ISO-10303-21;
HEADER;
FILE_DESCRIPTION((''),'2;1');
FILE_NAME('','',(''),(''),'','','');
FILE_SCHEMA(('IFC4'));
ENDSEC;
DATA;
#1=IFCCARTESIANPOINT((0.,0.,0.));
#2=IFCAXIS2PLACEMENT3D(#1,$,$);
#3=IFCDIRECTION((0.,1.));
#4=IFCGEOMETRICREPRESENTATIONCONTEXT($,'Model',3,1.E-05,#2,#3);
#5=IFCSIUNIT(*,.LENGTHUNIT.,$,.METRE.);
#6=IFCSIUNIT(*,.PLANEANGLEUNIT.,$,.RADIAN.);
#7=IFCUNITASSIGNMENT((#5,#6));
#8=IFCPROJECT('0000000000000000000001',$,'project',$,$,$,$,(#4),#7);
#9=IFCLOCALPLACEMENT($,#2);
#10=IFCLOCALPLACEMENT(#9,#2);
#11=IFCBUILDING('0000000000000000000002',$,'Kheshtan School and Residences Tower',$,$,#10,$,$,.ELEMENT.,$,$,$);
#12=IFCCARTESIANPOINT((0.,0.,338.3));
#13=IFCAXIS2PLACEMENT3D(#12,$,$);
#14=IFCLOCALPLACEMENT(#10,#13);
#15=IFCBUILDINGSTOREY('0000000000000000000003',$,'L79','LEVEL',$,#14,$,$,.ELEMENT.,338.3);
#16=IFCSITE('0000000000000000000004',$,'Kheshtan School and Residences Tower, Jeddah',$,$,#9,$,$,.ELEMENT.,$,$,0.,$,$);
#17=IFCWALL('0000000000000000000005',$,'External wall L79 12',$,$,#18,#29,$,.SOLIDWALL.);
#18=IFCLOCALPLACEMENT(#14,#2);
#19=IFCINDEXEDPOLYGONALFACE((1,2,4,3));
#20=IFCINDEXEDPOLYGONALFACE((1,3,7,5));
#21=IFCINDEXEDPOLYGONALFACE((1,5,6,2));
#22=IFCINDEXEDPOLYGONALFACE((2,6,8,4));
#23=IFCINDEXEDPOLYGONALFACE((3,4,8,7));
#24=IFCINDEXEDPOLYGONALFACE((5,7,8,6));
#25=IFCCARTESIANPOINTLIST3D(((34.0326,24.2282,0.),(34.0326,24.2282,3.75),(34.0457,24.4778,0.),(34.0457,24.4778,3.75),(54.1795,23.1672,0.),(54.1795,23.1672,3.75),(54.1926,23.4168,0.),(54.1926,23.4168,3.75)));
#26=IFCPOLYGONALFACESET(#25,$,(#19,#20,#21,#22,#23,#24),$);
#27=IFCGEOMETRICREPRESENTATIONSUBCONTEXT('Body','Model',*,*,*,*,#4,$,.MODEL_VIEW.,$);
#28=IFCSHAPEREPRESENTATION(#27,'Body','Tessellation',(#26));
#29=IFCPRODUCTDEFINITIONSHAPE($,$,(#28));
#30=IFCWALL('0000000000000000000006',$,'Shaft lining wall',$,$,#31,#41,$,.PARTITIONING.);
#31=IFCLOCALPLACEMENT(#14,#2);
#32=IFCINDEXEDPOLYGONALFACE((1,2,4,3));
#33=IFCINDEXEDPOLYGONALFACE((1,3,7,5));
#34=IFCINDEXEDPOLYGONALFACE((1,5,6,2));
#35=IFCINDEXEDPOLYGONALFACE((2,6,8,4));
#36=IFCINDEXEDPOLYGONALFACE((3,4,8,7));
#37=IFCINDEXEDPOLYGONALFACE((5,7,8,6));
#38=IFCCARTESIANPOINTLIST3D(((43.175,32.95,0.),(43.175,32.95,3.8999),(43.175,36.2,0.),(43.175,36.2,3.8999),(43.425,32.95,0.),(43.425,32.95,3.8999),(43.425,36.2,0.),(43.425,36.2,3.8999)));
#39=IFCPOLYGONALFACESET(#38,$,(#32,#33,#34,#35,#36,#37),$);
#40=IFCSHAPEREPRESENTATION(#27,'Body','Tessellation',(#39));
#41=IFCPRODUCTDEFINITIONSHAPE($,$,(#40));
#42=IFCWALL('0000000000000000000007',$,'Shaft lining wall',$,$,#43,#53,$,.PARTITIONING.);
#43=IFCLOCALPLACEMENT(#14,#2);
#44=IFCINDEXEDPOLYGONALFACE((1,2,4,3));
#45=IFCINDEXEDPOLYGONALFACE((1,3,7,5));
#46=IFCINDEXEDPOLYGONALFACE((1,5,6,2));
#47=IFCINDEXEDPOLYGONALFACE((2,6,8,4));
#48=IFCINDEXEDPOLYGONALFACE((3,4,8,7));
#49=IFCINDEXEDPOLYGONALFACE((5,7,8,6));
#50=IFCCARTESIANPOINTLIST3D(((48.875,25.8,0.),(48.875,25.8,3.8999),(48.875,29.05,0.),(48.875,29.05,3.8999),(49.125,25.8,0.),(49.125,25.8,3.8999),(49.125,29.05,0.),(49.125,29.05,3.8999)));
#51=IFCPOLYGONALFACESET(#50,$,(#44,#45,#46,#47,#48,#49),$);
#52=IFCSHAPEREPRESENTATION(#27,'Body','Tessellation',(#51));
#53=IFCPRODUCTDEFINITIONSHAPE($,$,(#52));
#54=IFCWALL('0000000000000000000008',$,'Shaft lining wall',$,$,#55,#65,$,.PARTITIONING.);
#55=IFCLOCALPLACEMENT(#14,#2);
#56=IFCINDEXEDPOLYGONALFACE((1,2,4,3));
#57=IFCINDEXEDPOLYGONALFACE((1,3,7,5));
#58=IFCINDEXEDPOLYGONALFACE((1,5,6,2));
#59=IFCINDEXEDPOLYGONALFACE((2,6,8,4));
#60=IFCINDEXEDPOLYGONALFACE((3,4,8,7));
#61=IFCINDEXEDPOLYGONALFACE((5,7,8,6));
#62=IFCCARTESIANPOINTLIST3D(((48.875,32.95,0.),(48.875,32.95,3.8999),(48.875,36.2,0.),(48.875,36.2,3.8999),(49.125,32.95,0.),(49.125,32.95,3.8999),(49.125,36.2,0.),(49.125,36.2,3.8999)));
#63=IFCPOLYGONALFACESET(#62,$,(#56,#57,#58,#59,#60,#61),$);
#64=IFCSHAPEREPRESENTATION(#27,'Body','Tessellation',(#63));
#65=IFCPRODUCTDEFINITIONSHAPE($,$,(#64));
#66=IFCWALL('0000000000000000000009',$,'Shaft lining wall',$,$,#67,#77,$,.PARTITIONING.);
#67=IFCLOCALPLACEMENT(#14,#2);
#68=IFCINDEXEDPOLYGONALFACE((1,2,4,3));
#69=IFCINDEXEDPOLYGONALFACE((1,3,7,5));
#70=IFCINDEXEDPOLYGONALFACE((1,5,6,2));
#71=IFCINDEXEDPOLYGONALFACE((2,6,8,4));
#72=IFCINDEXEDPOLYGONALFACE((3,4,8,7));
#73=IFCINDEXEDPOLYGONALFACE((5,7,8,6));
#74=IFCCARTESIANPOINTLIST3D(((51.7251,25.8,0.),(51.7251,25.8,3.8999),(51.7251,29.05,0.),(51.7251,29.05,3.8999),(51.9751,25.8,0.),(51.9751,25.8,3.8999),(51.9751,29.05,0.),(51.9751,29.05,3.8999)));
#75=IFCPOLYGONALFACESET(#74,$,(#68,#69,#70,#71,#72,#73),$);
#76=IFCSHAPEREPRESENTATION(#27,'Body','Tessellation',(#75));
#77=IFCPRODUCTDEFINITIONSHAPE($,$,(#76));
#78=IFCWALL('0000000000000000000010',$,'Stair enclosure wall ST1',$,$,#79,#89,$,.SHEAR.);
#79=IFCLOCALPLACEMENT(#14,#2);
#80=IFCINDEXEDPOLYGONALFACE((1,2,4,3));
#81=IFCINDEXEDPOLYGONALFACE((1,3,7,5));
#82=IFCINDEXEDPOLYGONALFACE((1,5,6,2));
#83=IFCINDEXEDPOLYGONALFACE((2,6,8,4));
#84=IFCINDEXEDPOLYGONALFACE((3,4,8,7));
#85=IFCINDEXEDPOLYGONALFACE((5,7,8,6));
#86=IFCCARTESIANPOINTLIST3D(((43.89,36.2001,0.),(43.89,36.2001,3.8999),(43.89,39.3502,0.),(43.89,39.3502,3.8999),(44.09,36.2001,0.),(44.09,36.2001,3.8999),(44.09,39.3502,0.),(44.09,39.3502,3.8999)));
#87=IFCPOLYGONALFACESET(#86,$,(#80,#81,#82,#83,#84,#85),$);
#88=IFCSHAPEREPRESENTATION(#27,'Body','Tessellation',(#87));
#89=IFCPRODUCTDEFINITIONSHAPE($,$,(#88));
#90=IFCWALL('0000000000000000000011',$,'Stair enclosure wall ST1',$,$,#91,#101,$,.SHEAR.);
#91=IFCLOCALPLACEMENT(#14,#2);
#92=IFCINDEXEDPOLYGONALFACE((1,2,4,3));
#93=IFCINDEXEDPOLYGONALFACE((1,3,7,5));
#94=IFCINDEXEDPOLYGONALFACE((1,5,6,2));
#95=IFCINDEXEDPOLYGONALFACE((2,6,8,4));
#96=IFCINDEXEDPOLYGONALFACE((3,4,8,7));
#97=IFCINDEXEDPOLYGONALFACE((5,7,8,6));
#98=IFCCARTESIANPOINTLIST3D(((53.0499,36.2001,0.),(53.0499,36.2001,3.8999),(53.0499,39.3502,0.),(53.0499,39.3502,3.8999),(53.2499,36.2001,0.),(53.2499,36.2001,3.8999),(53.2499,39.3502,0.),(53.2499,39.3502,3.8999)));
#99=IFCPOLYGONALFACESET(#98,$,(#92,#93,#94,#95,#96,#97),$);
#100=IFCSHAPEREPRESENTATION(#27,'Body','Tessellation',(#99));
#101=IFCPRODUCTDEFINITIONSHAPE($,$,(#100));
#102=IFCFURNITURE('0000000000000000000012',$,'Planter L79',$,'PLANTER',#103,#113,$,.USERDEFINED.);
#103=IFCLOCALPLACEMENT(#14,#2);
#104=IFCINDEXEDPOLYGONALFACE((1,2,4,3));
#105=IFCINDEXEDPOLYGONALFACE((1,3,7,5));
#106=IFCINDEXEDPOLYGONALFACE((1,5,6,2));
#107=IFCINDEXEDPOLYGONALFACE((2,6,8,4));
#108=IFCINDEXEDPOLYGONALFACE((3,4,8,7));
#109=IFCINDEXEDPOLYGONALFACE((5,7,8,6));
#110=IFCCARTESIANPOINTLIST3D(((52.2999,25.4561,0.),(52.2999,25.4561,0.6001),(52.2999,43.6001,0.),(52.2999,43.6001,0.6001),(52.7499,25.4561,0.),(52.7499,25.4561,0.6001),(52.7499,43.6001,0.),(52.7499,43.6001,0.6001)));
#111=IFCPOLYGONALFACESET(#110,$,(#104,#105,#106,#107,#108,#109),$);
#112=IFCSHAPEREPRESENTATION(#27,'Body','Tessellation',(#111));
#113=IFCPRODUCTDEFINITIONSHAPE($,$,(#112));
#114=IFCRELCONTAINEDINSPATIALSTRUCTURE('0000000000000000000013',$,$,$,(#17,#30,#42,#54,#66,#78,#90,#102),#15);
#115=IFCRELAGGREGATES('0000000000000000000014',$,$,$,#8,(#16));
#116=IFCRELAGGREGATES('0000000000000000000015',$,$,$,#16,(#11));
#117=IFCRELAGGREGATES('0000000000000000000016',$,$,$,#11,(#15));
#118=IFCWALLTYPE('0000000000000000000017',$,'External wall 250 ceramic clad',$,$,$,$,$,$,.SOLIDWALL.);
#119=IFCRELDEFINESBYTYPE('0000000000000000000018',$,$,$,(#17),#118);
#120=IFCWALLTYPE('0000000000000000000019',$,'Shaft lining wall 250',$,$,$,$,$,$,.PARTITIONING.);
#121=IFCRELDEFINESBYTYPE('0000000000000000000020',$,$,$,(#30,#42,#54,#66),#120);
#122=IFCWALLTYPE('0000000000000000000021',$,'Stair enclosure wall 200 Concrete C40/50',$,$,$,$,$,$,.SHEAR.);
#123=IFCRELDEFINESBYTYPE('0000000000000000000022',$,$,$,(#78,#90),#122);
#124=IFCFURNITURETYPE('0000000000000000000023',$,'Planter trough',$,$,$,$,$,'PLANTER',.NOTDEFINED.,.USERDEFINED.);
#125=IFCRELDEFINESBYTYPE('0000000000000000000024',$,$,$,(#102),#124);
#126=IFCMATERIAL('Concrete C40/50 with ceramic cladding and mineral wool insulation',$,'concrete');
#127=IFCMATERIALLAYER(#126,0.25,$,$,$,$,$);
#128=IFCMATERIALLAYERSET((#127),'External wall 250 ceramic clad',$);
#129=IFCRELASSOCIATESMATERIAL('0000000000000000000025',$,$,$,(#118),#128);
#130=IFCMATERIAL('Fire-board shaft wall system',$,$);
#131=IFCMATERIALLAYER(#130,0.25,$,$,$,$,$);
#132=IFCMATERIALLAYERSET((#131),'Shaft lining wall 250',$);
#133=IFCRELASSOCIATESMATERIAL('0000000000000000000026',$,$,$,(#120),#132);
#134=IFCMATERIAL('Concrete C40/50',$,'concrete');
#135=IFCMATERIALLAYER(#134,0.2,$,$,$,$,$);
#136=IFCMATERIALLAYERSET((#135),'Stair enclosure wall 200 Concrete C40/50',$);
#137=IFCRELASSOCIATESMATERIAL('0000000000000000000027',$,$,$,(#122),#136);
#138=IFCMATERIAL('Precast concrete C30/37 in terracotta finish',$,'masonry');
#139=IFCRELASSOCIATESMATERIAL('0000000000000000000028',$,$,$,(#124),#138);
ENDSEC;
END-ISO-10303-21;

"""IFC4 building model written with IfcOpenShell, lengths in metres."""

from ifc_helpers import new_model, si_unit, direction, frame, frame_2d, origin, origin_2d, place, context, subcontext, project, spatial, rectangle, extrude, material, layer, layer_set, type_object, element, save


model = new_model("IFC4")

# Units and contexts
model_context = context("Model", 3, precision=1e-05, world=origin(), true_north=direction((0.0, 1.0)))
body_context = subcontext(model_context, "Body", "Model", "MODEL_VIEW")
ifc_project = project(units=[si_unit("LENGTHUNIT", "METRE"), si_unit("PLANEANGLEUNIT", "RADIAN")], contexts=[model_context])

# Site, building, storey
site_placement = place(None, origin())
site = spatial("IfcSite", under=ifc_project, at=site_placement, Name="Kheshtan School and Residences Tower, Jeddah", CompositionType="ELEMENT", RefElevation=0.0)
building_placement = place(site_placement, origin())
building = spatial("IfcBuilding", under=site, at=building_placement, Name="Kheshtan School and Residences Tower", CompositionType="ELEMENT")
storey_placement = place(building_placement, frame((0.0, 0.0, 338.3)))
storey = spatial("IfcBuildingStorey", under=building, at=storey_placement, Name="L79", Description="LEVEL", CompositionType="ELEMENT", Elevation=338.3)

# Walls
ifc_material_1 = material(Name="Concrete C40/50 with ceramic cladding and mineral wool insulation", Category="concrete")
ifc_layer_1 = layer(ifc_material_1, 0.25)
ifc_layer_set_1 = layer_set([ifc_layer_1], Name="External wall 250 ceramic clad")
wall_type_1 = type_object("IfcWallType", Name="External wall 250 ceramic clad", PredefinedType="SOLIDWALL", material=ifc_layer_set_1)
wall_1_placement = place(storey_placement, frame((54.186, 23.292, 0.0), z_axis=(0.0, 0.0, 1.0), x_axis=(-0.998616, 0.052592, 0.0)))
element("IfcWall", 1, at=wall_1_placement, inside=storey, type_object=wall_type_1, Name="External wall L79 12", PredefinedType="SOLIDWALL", context=body_context, shape_type="SweptSolid", body=[
    extrude(rectangle(XDim=20.1748, YDim=0.25, at=frame_2d((10.0874, 0.0))), origin(), (0.0, 0.0, 1.0), 3.75),
])
ifc_material_2 = material(Name="Fire-board shaft wall system")
ifc_layer_2 = layer(ifc_material_2, 0.25)
ifc_layer_set_2 = layer_set([ifc_layer_2], Name="Shaft lining wall 250")
wall_type_2 = type_object("IfcWallType", Name="Shaft lining wall 250", PredefinedType="PARTITIONING", material=ifc_layer_set_2)
for number, where, z_axis, x_axis, name in (
    (2, (43.3, 32.95, 0.0), (0.0, 0.0, 1.0), (0.0, 1.0, 0.0), "Shaft lining wall"),
    (3, (49.0, 25.8, 0.0), (0.0, 0.0, 1.0), (0.0, 1.0, 0.0), "Shaft lining wall"),
    (4, (49.0, 32.95, 0.0), (0.0, 0.0, 1.0), (0.0, 1.0, 0.0), "Shaft lining wall"),
    (5, (51.8501, 25.8, 0.0), (0.0, 0.0, 1.0), (0.0, 1.0, 0.0), "Shaft lining wall"),
):
    element("IfcWall", number, at=place(storey_placement, frame(where, z_axis=z_axis, x_axis=x_axis)), inside=storey, type_object=wall_type_2, Name=name, PredefinedType="PARTITIONING", context=body_context, shape_type="SweptSolid", body=[
        extrude(rectangle(XDim=3.25, YDim=0.25, at=frame_2d((1.625, 0.0))), origin(), (0.0, 0.0, 1.0), 3.8999),
    ])
ifc_material_3 = material(Name="Concrete C40/50", Category="concrete")
ifc_layer_3 = layer(ifc_material_3, 0.2)
ifc_layer_set_3 = layer_set([ifc_layer_3], Name="Stair enclosure wall 200 Concrete C40/50")
wall_type_3 = type_object("IfcWallType", Name="Stair enclosure wall 200 Concrete C40/50", PredefinedType="SHEAR", material=ifc_layer_set_3)
for number, where, z_axis, x_axis, name in (
    (6, (43.99, 36.2, 0.0), (0.0, 0.0, 1.0), (0.0, 1.0, 0.0), "Stair enclosure wall ST1"),
    (7, (53.1499, 36.2, 0.0), (0.0, 0.0, 1.0), (0.0, 1.0, 0.0), "Stair enclosure wall ST1"),
):
    element("IfcWall", number, at=place(storey_placement, frame(where, z_axis=z_axis, x_axis=x_axis)), inside=storey, type_object=wall_type_3, Name=name, PredefinedType="SHEAR", context=body_context, shape_type="SweptSolid", body=[
        extrude(rectangle(XDim=3.1501, YDim=0.2, at=frame_2d((1.5752, 0.0))), origin(), (0.0, 0.0, 1.0), 3.8999),
    ])

# Furniture
ifc_material_4 = material(Name="Precast concrete C30/37 in terracotta finish", Category="masonry")
furniture_type = type_object("IfcFurnitureType", Name="Planter trough", ElementType="PLANTER", AssemblyPlace="NOTDEFINED", PredefinedType="USERDEFINED", material=ifc_material_4)
furniture_placement = place(storey_placement, frame((52.5249, 34.5281, 0.0), z_axis=(0.0, 0.0, 1.0), x_axis=(0.0, -1.0, 0.0)))
element("IfcFurniture", 8, at=furniture_placement, inside=storey, type_object=furniture_type, Name="Planter L79", ObjectType="PLANTER", PredefinedType="USERDEFINED", context=body_context, shape_type="SweptSolid", body=[
    extrude(rectangle(XDim=18.144, YDim=0.45, at=origin_2d()), origin(), (0.0, 0.0, 1.0), 0.6001),
])

save(model, "model.ifc")
